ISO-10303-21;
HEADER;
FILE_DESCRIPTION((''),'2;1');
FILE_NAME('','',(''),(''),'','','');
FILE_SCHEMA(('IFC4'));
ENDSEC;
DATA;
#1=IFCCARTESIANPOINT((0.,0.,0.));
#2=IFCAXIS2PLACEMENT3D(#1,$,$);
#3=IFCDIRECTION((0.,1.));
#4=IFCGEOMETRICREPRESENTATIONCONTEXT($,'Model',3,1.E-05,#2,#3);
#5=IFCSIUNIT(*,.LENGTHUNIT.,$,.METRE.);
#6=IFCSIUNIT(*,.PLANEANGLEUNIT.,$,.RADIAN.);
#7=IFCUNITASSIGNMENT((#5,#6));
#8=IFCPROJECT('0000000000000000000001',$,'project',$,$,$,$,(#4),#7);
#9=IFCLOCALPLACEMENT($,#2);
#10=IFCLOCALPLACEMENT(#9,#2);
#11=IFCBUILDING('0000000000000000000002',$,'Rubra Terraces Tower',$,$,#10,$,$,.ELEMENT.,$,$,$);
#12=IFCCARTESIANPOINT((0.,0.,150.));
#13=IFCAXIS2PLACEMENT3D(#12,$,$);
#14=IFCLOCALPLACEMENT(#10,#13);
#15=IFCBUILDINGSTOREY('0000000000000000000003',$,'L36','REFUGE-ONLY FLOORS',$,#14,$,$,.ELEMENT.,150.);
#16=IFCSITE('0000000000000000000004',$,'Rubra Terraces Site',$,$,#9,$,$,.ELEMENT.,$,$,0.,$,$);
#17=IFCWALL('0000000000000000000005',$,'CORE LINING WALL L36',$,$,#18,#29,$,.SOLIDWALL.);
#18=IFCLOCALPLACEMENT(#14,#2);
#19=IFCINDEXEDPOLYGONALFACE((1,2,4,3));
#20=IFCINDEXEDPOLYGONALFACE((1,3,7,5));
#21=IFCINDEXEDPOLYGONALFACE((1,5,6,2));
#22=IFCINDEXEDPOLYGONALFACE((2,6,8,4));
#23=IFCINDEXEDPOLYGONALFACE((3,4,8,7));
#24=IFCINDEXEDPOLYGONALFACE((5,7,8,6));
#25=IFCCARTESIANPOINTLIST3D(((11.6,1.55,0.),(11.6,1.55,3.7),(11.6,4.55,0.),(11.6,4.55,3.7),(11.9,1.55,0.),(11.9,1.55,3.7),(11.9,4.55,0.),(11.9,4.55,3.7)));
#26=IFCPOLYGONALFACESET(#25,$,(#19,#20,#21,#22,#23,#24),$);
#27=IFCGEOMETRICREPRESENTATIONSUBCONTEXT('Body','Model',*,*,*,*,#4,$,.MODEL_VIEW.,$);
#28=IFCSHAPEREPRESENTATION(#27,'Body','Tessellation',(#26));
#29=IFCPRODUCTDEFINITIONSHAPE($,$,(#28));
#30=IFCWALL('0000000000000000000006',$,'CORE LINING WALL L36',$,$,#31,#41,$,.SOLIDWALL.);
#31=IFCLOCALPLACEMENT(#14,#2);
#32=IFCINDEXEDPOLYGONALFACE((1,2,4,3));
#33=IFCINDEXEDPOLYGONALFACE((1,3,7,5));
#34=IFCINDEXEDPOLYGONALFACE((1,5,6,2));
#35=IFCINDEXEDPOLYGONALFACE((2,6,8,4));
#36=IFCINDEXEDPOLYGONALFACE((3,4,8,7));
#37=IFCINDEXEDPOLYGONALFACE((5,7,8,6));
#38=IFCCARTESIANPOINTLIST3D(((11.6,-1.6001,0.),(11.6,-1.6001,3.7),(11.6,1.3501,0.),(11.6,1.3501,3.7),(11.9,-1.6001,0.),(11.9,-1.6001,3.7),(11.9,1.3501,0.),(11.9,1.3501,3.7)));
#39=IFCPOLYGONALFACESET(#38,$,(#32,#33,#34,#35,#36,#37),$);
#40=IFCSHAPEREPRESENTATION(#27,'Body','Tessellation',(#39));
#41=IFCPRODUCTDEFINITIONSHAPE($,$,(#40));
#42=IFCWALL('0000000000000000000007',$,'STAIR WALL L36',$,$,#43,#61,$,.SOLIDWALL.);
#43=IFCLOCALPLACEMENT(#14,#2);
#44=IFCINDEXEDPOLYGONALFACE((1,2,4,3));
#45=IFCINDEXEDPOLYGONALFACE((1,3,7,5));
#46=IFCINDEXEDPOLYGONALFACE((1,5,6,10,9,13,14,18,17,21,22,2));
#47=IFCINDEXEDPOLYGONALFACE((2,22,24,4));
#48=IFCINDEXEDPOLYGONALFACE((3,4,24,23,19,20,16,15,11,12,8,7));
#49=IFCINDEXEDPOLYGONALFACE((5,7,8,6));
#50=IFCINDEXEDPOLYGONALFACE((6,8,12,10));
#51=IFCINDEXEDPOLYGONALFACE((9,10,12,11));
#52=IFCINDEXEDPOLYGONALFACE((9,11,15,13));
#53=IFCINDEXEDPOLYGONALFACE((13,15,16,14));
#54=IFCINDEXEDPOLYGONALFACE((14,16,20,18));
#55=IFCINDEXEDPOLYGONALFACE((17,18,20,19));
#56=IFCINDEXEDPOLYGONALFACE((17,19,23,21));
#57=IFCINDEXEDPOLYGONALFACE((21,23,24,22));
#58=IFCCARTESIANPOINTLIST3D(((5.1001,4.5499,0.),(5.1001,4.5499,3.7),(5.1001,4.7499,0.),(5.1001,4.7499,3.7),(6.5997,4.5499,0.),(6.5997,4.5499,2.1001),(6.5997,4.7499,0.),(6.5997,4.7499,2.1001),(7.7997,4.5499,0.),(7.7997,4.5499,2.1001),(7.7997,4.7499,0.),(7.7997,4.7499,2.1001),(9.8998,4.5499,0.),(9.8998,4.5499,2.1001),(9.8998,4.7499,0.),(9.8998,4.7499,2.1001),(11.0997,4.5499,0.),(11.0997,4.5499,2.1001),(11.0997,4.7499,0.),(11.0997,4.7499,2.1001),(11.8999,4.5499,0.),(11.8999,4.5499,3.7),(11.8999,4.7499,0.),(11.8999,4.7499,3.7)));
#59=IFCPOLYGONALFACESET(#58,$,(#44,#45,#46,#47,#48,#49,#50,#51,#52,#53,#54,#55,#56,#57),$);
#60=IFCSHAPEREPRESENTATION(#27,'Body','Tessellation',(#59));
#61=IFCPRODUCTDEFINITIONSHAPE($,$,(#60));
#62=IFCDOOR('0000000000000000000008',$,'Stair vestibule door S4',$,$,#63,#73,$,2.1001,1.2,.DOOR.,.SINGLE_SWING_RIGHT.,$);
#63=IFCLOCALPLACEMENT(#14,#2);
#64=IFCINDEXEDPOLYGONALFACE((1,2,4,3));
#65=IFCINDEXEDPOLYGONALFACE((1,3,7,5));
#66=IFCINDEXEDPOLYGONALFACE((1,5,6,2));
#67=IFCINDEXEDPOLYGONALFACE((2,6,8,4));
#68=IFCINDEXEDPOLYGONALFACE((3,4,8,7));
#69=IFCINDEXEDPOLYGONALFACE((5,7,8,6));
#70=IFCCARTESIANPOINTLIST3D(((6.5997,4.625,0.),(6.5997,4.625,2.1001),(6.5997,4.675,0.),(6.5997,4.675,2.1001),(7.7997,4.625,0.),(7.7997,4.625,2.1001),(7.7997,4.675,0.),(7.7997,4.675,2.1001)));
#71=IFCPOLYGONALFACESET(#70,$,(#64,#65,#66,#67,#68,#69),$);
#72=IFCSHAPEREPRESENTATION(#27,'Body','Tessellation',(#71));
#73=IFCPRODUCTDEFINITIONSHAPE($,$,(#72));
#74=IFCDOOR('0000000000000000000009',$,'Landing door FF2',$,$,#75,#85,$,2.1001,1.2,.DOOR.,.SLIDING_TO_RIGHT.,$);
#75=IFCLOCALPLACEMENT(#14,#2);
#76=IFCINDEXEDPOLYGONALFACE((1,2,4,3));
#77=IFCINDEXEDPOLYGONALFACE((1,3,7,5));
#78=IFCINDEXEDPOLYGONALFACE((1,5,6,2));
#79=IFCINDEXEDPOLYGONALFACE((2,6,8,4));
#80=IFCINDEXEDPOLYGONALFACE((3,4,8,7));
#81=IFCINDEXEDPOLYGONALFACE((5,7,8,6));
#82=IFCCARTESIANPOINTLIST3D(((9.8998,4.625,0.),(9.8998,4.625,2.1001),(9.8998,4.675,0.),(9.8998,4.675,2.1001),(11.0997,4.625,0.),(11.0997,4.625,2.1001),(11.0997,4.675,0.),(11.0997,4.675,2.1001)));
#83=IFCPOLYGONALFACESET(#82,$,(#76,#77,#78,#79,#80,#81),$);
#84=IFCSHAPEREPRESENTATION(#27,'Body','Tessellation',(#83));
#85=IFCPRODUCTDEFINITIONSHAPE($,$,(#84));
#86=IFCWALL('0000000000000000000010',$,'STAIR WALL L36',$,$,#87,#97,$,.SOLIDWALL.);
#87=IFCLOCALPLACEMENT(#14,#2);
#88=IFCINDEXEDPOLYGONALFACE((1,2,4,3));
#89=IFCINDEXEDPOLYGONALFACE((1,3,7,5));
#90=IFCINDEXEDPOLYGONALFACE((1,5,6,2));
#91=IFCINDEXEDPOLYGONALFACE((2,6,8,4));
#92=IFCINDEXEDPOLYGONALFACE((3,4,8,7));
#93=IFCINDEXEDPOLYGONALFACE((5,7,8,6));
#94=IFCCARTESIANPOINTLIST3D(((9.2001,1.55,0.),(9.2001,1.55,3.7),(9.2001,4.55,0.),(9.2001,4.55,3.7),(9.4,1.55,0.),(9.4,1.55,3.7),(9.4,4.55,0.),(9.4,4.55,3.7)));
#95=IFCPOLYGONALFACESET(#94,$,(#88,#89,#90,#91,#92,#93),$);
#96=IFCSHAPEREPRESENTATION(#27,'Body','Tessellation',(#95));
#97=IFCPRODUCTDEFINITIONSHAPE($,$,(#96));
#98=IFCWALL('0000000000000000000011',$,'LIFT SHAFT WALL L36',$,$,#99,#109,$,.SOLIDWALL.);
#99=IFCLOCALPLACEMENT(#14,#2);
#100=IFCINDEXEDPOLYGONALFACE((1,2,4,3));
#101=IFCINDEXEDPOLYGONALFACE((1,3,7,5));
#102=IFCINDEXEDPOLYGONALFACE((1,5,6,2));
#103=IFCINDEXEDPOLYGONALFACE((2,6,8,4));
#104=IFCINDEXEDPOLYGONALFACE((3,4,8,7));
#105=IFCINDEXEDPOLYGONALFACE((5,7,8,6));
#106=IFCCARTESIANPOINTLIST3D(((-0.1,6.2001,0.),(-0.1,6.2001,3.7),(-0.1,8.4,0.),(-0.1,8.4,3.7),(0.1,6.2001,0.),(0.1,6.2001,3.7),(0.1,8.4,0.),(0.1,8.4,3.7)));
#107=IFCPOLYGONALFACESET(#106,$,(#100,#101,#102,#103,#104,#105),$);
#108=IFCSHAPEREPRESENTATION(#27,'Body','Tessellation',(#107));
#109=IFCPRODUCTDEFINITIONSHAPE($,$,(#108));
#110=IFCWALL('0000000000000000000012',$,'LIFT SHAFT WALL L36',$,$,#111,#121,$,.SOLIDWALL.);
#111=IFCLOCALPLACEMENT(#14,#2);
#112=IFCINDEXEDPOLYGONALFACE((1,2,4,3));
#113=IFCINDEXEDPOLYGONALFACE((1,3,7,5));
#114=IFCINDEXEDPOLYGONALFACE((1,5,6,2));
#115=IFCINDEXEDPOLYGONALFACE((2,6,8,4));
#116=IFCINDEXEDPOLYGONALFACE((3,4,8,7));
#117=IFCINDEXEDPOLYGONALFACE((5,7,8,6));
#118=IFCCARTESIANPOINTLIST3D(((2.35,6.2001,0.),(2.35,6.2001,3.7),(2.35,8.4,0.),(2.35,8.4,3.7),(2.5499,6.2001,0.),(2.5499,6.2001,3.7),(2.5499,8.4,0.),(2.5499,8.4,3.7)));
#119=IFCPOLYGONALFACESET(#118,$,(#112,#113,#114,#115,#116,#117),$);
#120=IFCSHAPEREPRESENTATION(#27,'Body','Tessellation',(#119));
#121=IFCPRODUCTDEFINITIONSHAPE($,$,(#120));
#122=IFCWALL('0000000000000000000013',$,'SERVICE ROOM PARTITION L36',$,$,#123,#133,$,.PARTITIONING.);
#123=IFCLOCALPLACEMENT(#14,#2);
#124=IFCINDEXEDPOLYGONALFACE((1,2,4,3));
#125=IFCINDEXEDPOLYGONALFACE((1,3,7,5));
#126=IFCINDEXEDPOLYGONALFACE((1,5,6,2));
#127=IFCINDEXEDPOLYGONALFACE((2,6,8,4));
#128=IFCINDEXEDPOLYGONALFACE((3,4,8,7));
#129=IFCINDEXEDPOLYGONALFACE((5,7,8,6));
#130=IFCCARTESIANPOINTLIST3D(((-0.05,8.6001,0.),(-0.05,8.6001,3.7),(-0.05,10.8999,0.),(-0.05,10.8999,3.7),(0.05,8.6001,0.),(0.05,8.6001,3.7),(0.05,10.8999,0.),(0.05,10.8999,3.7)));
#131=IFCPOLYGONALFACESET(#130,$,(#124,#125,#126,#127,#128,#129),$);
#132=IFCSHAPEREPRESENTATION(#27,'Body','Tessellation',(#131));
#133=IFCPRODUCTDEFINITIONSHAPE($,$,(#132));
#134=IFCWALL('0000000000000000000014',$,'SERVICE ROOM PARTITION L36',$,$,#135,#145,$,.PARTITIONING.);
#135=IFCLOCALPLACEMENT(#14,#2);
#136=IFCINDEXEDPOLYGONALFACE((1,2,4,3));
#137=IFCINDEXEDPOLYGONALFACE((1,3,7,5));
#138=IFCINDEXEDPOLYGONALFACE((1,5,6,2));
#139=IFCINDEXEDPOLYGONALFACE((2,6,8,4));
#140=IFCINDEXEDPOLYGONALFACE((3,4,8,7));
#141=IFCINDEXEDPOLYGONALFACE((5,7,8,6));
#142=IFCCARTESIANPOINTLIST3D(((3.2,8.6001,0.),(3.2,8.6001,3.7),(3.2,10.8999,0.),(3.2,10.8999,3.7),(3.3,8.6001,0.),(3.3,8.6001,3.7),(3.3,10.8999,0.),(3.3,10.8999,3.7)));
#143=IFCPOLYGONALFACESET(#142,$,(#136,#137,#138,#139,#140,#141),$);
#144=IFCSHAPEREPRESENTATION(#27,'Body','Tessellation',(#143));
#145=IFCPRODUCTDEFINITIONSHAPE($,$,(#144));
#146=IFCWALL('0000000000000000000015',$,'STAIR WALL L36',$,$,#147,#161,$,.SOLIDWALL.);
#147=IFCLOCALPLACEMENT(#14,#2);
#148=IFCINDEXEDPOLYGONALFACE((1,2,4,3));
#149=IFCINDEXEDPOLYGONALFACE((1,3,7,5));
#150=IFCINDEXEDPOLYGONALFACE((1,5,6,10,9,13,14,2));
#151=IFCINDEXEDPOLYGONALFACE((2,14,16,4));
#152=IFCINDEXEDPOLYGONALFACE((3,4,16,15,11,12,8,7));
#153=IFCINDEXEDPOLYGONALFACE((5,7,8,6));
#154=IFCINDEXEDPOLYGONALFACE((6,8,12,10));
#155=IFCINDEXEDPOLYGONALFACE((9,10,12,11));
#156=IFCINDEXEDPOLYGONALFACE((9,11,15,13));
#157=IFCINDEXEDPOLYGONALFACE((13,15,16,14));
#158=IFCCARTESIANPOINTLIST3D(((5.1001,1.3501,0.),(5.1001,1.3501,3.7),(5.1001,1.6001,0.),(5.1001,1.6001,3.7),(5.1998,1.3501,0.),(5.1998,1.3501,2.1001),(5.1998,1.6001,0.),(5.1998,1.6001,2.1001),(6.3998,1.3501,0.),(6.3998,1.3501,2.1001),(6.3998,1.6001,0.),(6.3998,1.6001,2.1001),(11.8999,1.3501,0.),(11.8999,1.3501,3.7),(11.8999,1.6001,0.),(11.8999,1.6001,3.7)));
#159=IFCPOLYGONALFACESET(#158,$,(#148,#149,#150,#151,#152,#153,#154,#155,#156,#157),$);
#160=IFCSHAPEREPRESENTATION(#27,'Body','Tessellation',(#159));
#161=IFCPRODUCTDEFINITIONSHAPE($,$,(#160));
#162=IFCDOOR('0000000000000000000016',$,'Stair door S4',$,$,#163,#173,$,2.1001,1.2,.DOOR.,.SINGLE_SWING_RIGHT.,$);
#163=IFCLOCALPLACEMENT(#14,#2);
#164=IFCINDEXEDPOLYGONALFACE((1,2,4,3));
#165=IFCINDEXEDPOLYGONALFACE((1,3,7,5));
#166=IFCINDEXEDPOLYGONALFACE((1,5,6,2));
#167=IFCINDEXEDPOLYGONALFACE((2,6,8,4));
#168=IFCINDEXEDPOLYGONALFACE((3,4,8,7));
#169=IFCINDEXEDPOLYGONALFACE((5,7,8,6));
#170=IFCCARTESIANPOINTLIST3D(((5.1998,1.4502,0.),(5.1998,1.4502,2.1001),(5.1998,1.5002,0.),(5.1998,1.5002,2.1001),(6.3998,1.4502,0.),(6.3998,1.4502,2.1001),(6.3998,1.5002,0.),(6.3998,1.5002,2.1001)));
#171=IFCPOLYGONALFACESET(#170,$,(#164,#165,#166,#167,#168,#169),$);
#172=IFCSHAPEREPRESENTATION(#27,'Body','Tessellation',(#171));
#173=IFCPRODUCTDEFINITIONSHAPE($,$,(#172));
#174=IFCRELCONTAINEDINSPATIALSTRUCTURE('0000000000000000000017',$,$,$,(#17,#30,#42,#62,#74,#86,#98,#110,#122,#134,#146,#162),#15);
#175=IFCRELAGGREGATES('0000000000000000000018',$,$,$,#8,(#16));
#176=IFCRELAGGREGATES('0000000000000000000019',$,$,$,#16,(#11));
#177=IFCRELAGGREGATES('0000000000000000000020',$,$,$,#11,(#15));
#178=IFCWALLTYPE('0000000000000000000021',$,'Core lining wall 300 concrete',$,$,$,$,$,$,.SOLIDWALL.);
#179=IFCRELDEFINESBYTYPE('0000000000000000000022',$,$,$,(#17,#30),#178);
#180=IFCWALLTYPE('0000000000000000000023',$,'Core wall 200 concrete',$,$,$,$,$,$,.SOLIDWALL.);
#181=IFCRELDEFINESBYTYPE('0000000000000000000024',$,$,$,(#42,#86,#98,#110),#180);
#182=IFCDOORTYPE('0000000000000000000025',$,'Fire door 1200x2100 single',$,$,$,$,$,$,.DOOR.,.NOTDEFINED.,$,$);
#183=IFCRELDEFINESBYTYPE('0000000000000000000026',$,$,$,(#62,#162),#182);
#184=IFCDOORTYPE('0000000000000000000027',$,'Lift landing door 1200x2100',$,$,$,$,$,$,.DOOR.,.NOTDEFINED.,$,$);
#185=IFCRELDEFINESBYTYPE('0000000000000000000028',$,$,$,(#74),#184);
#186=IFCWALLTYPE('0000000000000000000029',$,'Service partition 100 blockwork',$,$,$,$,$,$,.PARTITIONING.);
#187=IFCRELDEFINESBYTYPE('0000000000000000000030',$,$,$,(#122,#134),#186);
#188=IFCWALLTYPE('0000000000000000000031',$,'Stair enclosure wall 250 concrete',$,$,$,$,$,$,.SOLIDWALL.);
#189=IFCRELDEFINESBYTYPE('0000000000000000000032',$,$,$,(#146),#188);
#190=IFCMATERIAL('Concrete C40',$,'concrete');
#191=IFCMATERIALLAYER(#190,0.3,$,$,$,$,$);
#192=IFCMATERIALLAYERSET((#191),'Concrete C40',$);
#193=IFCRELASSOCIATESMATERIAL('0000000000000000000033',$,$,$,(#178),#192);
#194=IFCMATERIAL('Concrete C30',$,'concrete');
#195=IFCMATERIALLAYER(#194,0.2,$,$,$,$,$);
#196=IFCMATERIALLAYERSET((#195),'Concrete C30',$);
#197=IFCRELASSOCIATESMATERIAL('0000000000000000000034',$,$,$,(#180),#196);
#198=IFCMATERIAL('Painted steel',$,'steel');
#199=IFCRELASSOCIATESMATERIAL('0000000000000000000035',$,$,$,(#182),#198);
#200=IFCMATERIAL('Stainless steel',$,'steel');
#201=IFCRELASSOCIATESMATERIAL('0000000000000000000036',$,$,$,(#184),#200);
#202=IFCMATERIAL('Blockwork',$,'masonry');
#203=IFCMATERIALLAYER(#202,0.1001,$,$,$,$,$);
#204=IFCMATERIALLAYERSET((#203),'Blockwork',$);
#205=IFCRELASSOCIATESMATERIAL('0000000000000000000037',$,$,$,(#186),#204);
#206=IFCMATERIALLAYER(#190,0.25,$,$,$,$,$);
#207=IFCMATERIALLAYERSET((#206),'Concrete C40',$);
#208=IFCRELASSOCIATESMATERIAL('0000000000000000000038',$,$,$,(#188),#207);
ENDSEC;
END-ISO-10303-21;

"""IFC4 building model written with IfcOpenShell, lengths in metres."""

from ifc_helpers import new_model, si_unit, direction, frame, frame_2d, origin, place, context, subcontext, project, spatial, rectangle, extrude, material, layer, layer_set, type_object, element, fill, save


model = new_model("IFC4")

# Units and contexts
model_context = context("Model", 3, precision=1e-05, world=origin(), true_north=direction((0.0, 1.0)))
body_context = subcontext(model_context, "Body", "Model", "MODEL_VIEW")
ifc_project = project(units=[si_unit("LENGTHUNIT", "METRE"), si_unit("PLANEANGLEUNIT", "RADIAN")], contexts=[model_context])

# Site, building, storey
site_placement = place(None, origin())
site = spatial("IfcSite", under=ifc_project, at=site_placement, Name="Rubra Terraces Site", CompositionType="ELEMENT", RefElevation=0.0)
building_placement = place(site_placement, origin())
building = spatial("IfcBuilding", under=site, at=building_placement, Name="Rubra Terraces Tower", CompositionType="ELEMENT")
storey_placement = place(building_placement, frame((0.0, 0.0, 150.0)))
storey = spatial("IfcBuildingStorey", under=building, at=storey_placement, Name="L36", Description="REFUGE-ONLY FLOORS", CompositionType="ELEMENT", Elevation=150.0)

# Walls
ifc_material_1 = material(Name="Concrete C40", Category="concrete")
ifc_layer_1 = layer(ifc_material_1, 0.3)
ifc_layer_set_1 = layer_set([ifc_layer_1], Name="Concrete C40")
wall_type_1 = type_object("IfcWallType", Name="Core lining wall 300 concrete", PredefinedType="SOLIDWALL", material=ifc_layer_set_1)
wall_1_placement = place(storey_placement, frame((11.75, 4.55, 0.0), z_axis=(0.0, 0.0, 1.0), x_axis=(0.0, -1.0, 0.0)))
element("IfcWall", 1, at=wall_1_placement, inside=storey, type_object=wall_type_1, Name="CORE LINING WALL L36", PredefinedType="SOLIDWALL", context=body_context, shape_type="SweptSolid", body=[
    extrude(rectangle(XDim=3.0, YDim=0.3, at=frame_2d((1.5, 0.0))), origin(), (0.0, 0.0, 1.0), 3.7),
])
wall_2_placement = place(storey_placement, frame((11.75, 1.3501, 0.0), z_axis=(0.0, 0.0, 1.0), x_axis=(0.0, -1.0, 0.0)))
element("IfcWall", 2, at=wall_2_placement, inside=storey, type_object=wall_type_1, Name="CORE LINING WALL L36", PredefinedType="SOLIDWALL", context=body_context, shape_type="SweptSolid", body=[
    extrude(rectangle(XDim=2.9502, YDim=0.3, at=frame_2d((1.4751, 0.0))), origin(), (0.0, 0.0, 1.0), 3.7),
])

# Wall, openings, doors
ifc_material_2 = material(Name="Concrete C30", Category="concrete")
ifc_layer_2 = layer(ifc_material_2, 0.2)
ifc_layer_set_2 = layer_set([ifc_layer_2], Name="Concrete C30")
wall_type_2 = type_object("IfcWallType", Name="Core wall 200 concrete", PredefinedType="SOLIDWALL", material=ifc_layer_set_2)
wall_3_placement = place(storey_placement, frame((11.8999, 4.6499, 0.0), z_axis=(0.0, 0.0, 1.0), x_axis=(-1.0, 0.0, 0.0)))
wall_3 = element("IfcWall", 3, at=wall_3_placement, inside=storey, type_object=wall_type_2, Name="STAIR WALL L36", PredefinedType="SOLIDWALL", context=body_context, shape_type="SweptSolid", body=[
    extrude(rectangle(XDim=6.7998, YDim=0.2, at=frame_2d((3.3999, 0.0))), origin(), (0.0, 0.0, 1.0), 3.7),
])
opening_1_placement = place(wall_3_placement, frame((4.1001, 0.0, 0.0)))
opening_1 = element("IfcOpeningElement", 4, at=opening_1_placement, cuts=wall_3, PredefinedType="OPENING", context=body_context, shape_type="SweptSolid", body=[
    extrude(rectangle(XDim=1.2, YDim=2.1001, at=frame_2d((0.6001, 1.05))), frame((0.0, 0.1099, 0.0), z_axis=(0.0, -1.0, 0.0), x_axis=(1.0, 0.0, 0.0)), (0.0, 0.0, 1.0), 0.22),
])
opening_2_placement = place(wall_3_placement, frame((0.8, 0.0, 0.0)))
opening_2 = element("IfcOpeningElement", 5, at=opening_2_placement, cuts=wall_3, PredefinedType="OPENING", context=body_context, shape_type="SweptSolid", body=[
    extrude(rectangle(XDim=1.2, YDim=2.1001, at=frame_2d((0.6001, 1.05))), frame((0.0, 0.1099, 0.0), z_axis=(0.0, -1.0, 0.0), x_axis=(1.0, 0.0, 0.0)), (0.0, 0.0, 1.0), 0.22),
])
ifc_material_3 = material(Name="Painted steel", Category="steel")
door_type_1 = type_object("IfcDoorType", Name="Fire door 1200x2100 single", OperationType="NOTDEFINED", PredefinedType="DOOR", material=ifc_material_3)
door_1_placement = place(opening_1_placement, origin())
door_1 = element("IfcDoor", 6, at=door_1_placement, inside=storey, type_object=door_type_1, Name="Stair vestibule door S4", OperationType="SINGLE_SWING_RIGHT", OverallHeight=2.1001, OverallWidth=1.2, PredefinedType="DOOR", context=body_context, shape_type="SweptSolid", body=[
    extrude(rectangle(XDim=1.2, YDim=2.1001, at=frame_2d((0.6001, 1.05))), frame((0.0, 0.0249, 0.0), z_axis=(0.0, -1.0, 0.0), x_axis=(1.0, 0.0, 0.0)), (0.0, 0.0, 1.0), 0.05),
])
fill(opening_1, door_1)
ifc_material_4 = material(Name="Stainless steel", Category="steel")
door_type_2 = type_object("IfcDoorType", Name="Lift landing door 1200x2100", OperationType="NOTDEFINED", PredefinedType="DOOR", material=ifc_material_4)
door_2_placement = place(opening_2_placement, origin())
door_2 = element("IfcDoor", 7, at=door_2_placement, inside=storey, type_object=door_type_2, Name="Landing door FF2", OperationType="SLIDING_TO_RIGHT", OverallHeight=2.1001, OverallWidth=1.2, PredefinedType="DOOR", context=body_context, shape_type="SweptSolid", body=[
    extrude(rectangle(XDim=1.2, YDim=2.1001, at=frame_2d((0.6001, 1.05))), frame((0.0, 0.0249, 0.0), z_axis=(0.0, -1.0, 0.0), x_axis=(1.0, 0.0, 0.0)), (0.0, 0.0, 1.0), 0.05),
])
fill(opening_2, door_2)

# Walls
wall_4_placement = place(storey_placement, frame((9.3, 4.55, 0.0), z_axis=(0.0, 0.0, 1.0), x_axis=(0.0, -1.0, 0.0)))
element("IfcWall", 8, at=wall_4_placement, inside=storey, type_object=wall_type_2, Name="STAIR WALL L36", PredefinedType="SOLIDWALL", context=body_context, shape_type="SweptSolid", body=[
    extrude(rectangle(XDim=3.0, YDim=0.2, at=frame_2d((1.5, 0.0))), origin(), (0.0, 0.0, 1.0), 3.7),
])
for number, where, z_axis, x_axis, name in (
    (9, (0.0, 6.2, 0.0), (0.0, 0.0, 1.0), (0.0, 1.0, 0.0), "LIFT SHAFT WALL L36"),
    (10, (2.45, 6.2, 0.0), (0.0, 0.0, 1.0), (0.0, 1.0, 0.0), "LIFT SHAFT WALL L36"),
):
    element("IfcWall", number, at=place(storey_placement, frame(where, z_axis=z_axis, x_axis=x_axis)), inside=storey, type_object=wall_type_2, Name=name, PredefinedType="SOLIDWALL", context=body_context, shape_type="SweptSolid", body=[
        extrude(rectangle(XDim=2.2, YDim=0.2, at=frame_2d((1.1001, 0.0))), origin(), (0.0, 0.0, 1.0), 3.7),
    ])
ifc_material_5 = material(Name="Blockwork", Category="masonry")
ifc_layer_3 = layer(ifc_material_5, 0.1001)
ifc_layer_set_3 = layer_set([ifc_layer_3], Name="Blockwork")
wall_type_3 = type_object("IfcWallType", Name="Service partition 100 blockwork", PredefinedType="PARTITIONING", material=ifc_layer_set_3)
for number, where, z_axis, x_axis, name in (
    (11, (0.0, 8.6001, 0.0), (0.0, 0.0, 1.0), (0.0, 1.0, 0.0), "SERVICE ROOM PARTITION L36"),
    (12, (3.25, 8.6001, 0.0), (0.0, 0.0, 1.0), (0.0, 1.0, 0.0), "SERVICE ROOM PARTITION L36"),
):
    element("IfcWall", number, at=place(storey_placement, frame(where, z_axis=z_axis, x_axis=x_axis)), inside=storey, type_object=wall_type_3, Name=name, PredefinedType="PARTITIONING", context=body_context, shape_type="SweptSolid", body=[
        extrude(rectangle(XDim=2.2998, YDim=0.1001, at=frame_2d((1.1499, 0.0))), origin(), (0.0, 0.0, 1.0), 3.7),
    ])

# Wall, opening, door
ifc_layer_4 = layer(ifc_material_1, 0.25)
ifc_layer_set_4 = layer_set([ifc_layer_4], Name="Concrete C40")
wall_type_4 = type_object("IfcWallType", Name="Stair enclosure wall 250 concrete", PredefinedType="SOLIDWALL", material=ifc_layer_set_4)
wall_5_placement = place(storey_placement, frame((11.8999, 1.4751, 0.0), z_axis=(0.0, 0.0, 1.0), x_axis=(-1.0, 0.0, 0.0)))
wall_5 = element("IfcWall", 13, at=wall_5_placement, inside=storey, type_object=wall_type_4, Name="STAIR WALL L36", PredefinedType="SOLIDWALL", context=body_context, shape_type="SweptSolid", body=[
    extrude(rectangle(XDim=6.7998, YDim=0.25, at=frame_2d((3.3999, 0.0))), origin(), (0.0, 0.0, 1.0), 3.7),
])
opening_3_placement = place(wall_5_placement, frame((5.5, 0.0, 0.0)))
opening_3 = element("IfcOpeningElement", 14, at=opening_3_placement, cuts=wall_5, PredefinedType="OPENING", context=body_context, shape_type="SweptSolid", body=[
    extrude(rectangle(XDim=1.2, YDim=2.1001, at=frame_2d((0.6001, 1.05))), frame((0.0, 0.135, 0.0), z_axis=(0.0, -1.0, 0.0), x_axis=(1.0, 0.0, 0.0)), (0.0, 0.0, 1.0), 0.27),
])
door_3_placement = place(opening_3_placement, origin())
door_3 = element("IfcDoor", 15, at=door_3_placement, inside=storey, type_object=door_type_1, Name="Stair door S4", OperationType="SINGLE_SWING_RIGHT", OverallHeight=2.1001, OverallWidth=1.2, PredefinedType="DOOR", context=body_context, shape_type="SweptSolid", body=[
    extrude(rectangle(XDim=1.2, YDim=2.1001, at=frame_2d((0.6001, 1.05))), frame((0.0, 0.0249, 0.0), z_axis=(0.0, -1.0, 0.0), x_axis=(1.0, 0.0, 0.0)), (0.0, 0.0, 1.0), 0.05),
])
fill(opening_3, door_3)

save(model, "model.ifc")
